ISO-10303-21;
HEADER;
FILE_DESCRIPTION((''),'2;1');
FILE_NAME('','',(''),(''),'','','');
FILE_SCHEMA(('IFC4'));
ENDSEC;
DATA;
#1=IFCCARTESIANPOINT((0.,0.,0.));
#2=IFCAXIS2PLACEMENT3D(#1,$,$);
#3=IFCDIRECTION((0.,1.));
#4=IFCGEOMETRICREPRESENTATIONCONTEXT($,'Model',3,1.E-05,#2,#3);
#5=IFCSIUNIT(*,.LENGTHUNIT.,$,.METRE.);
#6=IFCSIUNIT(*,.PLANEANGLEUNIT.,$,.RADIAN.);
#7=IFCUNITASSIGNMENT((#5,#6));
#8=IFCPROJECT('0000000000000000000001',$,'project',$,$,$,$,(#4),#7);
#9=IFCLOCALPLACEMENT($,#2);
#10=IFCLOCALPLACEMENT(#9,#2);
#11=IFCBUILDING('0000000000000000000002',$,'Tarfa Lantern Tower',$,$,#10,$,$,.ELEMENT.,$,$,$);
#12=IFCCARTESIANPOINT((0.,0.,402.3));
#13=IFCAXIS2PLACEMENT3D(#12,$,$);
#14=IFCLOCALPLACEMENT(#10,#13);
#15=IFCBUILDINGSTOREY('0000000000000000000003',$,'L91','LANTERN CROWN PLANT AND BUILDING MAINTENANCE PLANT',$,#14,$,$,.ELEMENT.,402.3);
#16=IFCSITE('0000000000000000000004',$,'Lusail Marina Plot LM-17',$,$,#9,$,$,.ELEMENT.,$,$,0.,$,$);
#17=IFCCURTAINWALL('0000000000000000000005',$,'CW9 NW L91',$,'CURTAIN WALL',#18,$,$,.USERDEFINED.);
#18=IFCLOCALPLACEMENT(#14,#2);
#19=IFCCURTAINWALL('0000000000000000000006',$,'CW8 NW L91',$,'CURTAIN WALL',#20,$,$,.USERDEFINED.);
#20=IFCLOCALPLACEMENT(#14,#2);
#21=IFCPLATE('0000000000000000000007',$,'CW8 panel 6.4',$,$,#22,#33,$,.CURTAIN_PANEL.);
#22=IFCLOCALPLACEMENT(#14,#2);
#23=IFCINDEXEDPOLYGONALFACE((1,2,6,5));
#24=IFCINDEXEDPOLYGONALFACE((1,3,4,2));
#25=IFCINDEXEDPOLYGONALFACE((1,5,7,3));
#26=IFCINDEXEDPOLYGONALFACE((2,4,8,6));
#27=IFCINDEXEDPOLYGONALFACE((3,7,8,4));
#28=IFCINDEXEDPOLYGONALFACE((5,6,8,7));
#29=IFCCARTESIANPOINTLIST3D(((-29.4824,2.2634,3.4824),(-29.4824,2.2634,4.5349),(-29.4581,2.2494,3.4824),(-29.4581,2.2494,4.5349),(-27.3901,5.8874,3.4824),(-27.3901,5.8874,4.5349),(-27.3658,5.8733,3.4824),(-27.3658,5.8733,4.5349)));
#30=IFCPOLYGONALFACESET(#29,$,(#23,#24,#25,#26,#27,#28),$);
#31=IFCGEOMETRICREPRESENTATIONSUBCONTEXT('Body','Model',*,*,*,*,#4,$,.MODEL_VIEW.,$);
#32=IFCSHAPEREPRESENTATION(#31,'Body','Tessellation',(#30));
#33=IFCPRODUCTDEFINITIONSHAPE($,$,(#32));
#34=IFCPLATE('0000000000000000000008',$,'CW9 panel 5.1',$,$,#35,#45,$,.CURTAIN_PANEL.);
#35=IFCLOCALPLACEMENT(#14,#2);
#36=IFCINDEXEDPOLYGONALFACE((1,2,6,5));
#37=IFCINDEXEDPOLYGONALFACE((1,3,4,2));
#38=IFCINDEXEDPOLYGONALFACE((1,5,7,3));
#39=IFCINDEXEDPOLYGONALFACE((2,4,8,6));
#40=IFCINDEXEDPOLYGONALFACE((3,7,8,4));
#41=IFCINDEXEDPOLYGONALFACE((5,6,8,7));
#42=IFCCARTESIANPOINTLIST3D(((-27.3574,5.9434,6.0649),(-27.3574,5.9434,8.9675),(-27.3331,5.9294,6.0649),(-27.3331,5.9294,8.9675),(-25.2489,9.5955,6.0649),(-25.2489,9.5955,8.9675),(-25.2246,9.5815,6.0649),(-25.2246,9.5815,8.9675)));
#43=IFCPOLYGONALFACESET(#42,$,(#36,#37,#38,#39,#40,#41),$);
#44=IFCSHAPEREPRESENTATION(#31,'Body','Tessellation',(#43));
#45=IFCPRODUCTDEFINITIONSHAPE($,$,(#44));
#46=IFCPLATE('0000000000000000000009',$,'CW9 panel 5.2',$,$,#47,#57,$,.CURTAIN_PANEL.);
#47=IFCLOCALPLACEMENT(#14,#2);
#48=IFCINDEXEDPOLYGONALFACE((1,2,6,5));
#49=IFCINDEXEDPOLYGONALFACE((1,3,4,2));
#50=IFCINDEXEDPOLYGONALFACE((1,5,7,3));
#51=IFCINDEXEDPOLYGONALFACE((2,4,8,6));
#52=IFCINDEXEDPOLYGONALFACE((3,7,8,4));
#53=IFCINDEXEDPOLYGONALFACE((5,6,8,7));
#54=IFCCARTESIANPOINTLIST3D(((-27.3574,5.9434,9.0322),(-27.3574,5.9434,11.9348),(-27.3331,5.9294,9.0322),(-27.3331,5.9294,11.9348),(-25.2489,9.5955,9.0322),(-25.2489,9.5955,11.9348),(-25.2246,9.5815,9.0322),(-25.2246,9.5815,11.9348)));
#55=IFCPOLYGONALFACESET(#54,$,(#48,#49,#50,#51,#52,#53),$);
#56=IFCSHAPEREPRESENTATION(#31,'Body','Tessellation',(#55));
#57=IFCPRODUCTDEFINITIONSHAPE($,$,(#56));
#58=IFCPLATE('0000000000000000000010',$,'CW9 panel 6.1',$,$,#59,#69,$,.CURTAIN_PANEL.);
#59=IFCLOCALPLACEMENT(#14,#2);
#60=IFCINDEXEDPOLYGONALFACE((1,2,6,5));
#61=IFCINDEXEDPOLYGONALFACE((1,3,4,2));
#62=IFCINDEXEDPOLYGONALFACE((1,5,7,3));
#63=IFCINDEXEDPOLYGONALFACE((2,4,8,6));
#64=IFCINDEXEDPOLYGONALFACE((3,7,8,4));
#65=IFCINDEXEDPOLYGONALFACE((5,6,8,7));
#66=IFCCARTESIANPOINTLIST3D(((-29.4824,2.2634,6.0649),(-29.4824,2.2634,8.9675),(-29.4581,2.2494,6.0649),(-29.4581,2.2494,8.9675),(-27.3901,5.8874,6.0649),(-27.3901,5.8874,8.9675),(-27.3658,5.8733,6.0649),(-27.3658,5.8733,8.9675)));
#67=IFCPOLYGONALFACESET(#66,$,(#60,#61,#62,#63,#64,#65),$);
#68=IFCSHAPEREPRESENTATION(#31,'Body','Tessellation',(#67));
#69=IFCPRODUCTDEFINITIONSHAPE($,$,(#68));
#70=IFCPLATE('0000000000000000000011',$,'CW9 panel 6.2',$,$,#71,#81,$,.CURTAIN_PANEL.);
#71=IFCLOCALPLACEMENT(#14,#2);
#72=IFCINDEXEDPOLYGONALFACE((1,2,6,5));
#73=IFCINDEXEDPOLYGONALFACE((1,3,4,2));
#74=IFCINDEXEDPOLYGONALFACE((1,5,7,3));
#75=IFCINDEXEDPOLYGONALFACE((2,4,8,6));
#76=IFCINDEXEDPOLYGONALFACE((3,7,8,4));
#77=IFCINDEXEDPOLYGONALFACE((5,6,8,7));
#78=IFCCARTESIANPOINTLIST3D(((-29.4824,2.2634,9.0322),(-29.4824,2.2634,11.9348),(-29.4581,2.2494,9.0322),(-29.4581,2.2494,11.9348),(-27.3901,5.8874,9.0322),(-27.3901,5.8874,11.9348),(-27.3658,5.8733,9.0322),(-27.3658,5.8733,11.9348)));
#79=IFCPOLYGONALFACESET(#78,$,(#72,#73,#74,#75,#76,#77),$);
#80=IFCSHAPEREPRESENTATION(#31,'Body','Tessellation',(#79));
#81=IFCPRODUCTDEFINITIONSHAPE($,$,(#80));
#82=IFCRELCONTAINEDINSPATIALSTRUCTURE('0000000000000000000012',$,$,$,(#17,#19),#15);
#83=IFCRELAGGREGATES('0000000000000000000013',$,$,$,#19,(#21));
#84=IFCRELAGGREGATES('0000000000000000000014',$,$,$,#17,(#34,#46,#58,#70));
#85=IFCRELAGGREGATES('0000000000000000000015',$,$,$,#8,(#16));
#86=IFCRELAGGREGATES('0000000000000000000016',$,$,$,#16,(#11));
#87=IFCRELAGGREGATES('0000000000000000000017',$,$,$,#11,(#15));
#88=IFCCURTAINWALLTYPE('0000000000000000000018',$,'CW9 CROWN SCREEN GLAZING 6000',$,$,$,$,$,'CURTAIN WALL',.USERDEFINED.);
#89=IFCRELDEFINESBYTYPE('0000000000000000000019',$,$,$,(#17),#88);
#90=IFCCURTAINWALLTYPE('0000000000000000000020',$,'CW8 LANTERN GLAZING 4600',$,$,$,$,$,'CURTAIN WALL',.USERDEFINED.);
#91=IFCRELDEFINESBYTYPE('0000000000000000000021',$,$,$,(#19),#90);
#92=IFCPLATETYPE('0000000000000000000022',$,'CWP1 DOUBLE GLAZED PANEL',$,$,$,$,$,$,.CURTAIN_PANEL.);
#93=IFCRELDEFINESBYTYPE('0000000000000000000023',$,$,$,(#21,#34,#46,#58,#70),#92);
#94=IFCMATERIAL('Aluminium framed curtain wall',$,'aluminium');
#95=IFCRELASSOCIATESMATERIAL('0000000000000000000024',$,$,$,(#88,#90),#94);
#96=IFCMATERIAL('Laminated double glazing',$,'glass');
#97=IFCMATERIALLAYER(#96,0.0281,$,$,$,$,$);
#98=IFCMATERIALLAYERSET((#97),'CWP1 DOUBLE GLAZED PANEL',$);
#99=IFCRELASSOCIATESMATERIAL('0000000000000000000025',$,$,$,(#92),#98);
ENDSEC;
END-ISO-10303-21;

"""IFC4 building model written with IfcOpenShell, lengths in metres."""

from ifc_helpers import new_model, si_unit, direction, frame, origin, origin_2d, place, context, subcontext, project, spatial, rectangle, extrude, material, layer, layer_set, type_object, element, aggregate, save


model = new_model("IFC4")

# Units and contexts
model_context = context("Model", 3, precision=1e-05, world=origin(), true_north=direction((0.0, 1.0)))
body_context = subcontext(model_context, "Body", "Model", "MODEL_VIEW")
ifc_project = project(units=[si_unit("LENGTHUNIT", "METRE"), si_unit("PLANEANGLEUNIT", "RADIAN")], contexts=[model_context])

# Site, building, storey
site_placement = place(None, origin())
site = spatial("IfcSite", under=ifc_project, at=site_placement, Name="Lusail Marina Plot LM-17", CompositionType="ELEMENT", RefElevation=0.0)
building_placement = place(site_placement, origin())
building = spatial("IfcBuilding", under=site, at=building_placement, Name="Tarfa Lantern Tower", CompositionType="ELEMENT")
storey_placement = place(building_placement, frame((0.0, 0.0, 402.3)))
storey = spatial("IfcBuildingStorey", under=building, at=storey_placement, Name="L91", Description="LANTERN CROWN PLANT AND BUILDING MAINTENANCE PLANT", CompositionType="ELEMENT", Elevation=402.3)

# Curtain wall
ifc_material_1 = material(Name="Aluminium framed curtain wall", Category="aluminium")
curtain_wall_type_1 = type_object("IfcCurtainWallType", Name="CW9 CROWN SCREEN GLAZING 6000", ElementType="CURTAIN WALL", PredefinedType="USERDEFINED", material=ifc_material_1)
curtain_wall_1_placement = place(storey_placement, origin())
curtain_wall_1 = element("IfcCurtainWall", 1, at=curtain_wall_1_placement, inside=storey, type_object=curtain_wall_type_1, Name="CW9 NW L91", ObjectType="CURTAIN WALL", PredefinedType="USERDEFINED")

# Shared definitions
curtain_wall_type_2 = type_object("IfcCurtainWallType", Name="CW8 LANTERN GLAZING 4600", ElementType="CURTAIN WALL", PredefinedType="USERDEFINED", material=ifc_material_1)

# Shared definitions
ifc_material_2 = material(Name="Laminated double glazing", Category="glass")
ifc_layer = layer(ifc_material_2, 0.0281)
ifc_layer_set = layer_set([ifc_layer], Name="CWP1 DOUBLE GLAZED PANEL")
plate_type = type_object("IfcPlateType", Name="CWP1 DOUBLE GLAZED PANEL", PredefinedType="CURTAIN_PANEL", material=ifc_layer_set)

# Curtain wall, plate
curtain_wall_2_placement = place(storey_placement, origin())
curtain_wall_2 = element("IfcCurtainWall", 2, at=curtain_wall_2_placement, inside=storey, type_object=curtain_wall_type_2, Name="CW8 NW L91", ObjectType="CURTAIN WALL", PredefinedType="USERDEFINED")
plate_1_placement = place(storey_placement, frame((-28.4241, 4.0684, 3.4824), z_axis=(0.0, 0.0, 1.0), x_axis=(-0.5, -0.866025, 0.0)))
plate_1 = element("IfcPlate", 3, at=plate_1_placement, type_object=plate_type, Name="CW8 panel 6.4", PredefinedType="CURTAIN_PANEL", context=body_context, shape_type="SweptSolid", body=[
    extrude(rectangle(XDim=4.1846, YDim=0.0281, at=origin_2d()), origin(), (0.0, 0.0, 1.0), 1.0525),
])
aggregate(curtain_wall_2, [plate_1])

# Plates
plate_2_placement = place(storey_placement, frame((-26.291, 7.7625, 6.0649), z_axis=(0.0, 0.0, 1.0), x_axis=(-0.5, -0.866025, 0.0)))
plate_2 = element("IfcPlate", 4, at=plate_2_placement, type_object=plate_type, Name="CW9 panel 5.1", PredefinedType="CURTAIN_PANEL", context=body_context, shape_type="SweptSolid", body=[
    extrude(rectangle(XDim=4.217, YDim=0.0281, at=origin_2d()), origin(), (0.0, 0.0, 1.0), 2.9026),
])
plate_3_placement = place(storey_placement, frame((-26.291, 7.7625, 9.0322), z_axis=(0.0, 0.0, 1.0), x_axis=(-0.5, -0.866025, 0.0)))
plate_3 = element("IfcPlate", 5, at=plate_3_placement, type_object=plate_type, Name="CW9 panel 5.2", PredefinedType="CURTAIN_PANEL", context=body_context, shape_type="SweptSolid", body=[
    extrude(rectangle(XDim=4.217, YDim=0.0281, at=origin_2d()), origin(), (0.0, 0.0, 1.0), 2.9026),
])
plate_4_placement = place(storey_placement, frame((-28.4241, 4.0684, 6.0649), z_axis=(0.0, 0.0, 1.0), x_axis=(-0.5, -0.866025, 0.0)))
plate_4 = element("IfcPlate", 6, at=plate_4_placement, type_object=plate_type, Name="CW9 panel 6.1", PredefinedType="CURTAIN_PANEL", context=body_context, shape_type="SweptSolid", body=[
    extrude(rectangle(XDim=4.1846, YDim=0.0281, at=origin_2d()), origin(), (0.0, 0.0, 1.0), 2.9026),
])
plate_5_placement = place(storey_placement, frame((-28.4241, 4.0684, 9.0322), z_axis=(0.0, 0.0, 1.0), x_axis=(-0.5, -0.866025, 0.0)))
plate_5 = element("IfcPlate", 7, at=plate_5_placement, type_object=plate_type, Name="CW9 panel 6.2", PredefinedType="CURTAIN_PANEL", context=body_context, shape_type="SweptSolid", body=[
    extrude(rectangle(XDim=4.1846, YDim=0.0281, at=origin_2d()), origin(), (0.0, 0.0, 1.0), 2.9026),
])
aggregate(curtain_wall_1, [plate_2, plate_3, plate_4, plate_5])

save(model, "model.ifc")
